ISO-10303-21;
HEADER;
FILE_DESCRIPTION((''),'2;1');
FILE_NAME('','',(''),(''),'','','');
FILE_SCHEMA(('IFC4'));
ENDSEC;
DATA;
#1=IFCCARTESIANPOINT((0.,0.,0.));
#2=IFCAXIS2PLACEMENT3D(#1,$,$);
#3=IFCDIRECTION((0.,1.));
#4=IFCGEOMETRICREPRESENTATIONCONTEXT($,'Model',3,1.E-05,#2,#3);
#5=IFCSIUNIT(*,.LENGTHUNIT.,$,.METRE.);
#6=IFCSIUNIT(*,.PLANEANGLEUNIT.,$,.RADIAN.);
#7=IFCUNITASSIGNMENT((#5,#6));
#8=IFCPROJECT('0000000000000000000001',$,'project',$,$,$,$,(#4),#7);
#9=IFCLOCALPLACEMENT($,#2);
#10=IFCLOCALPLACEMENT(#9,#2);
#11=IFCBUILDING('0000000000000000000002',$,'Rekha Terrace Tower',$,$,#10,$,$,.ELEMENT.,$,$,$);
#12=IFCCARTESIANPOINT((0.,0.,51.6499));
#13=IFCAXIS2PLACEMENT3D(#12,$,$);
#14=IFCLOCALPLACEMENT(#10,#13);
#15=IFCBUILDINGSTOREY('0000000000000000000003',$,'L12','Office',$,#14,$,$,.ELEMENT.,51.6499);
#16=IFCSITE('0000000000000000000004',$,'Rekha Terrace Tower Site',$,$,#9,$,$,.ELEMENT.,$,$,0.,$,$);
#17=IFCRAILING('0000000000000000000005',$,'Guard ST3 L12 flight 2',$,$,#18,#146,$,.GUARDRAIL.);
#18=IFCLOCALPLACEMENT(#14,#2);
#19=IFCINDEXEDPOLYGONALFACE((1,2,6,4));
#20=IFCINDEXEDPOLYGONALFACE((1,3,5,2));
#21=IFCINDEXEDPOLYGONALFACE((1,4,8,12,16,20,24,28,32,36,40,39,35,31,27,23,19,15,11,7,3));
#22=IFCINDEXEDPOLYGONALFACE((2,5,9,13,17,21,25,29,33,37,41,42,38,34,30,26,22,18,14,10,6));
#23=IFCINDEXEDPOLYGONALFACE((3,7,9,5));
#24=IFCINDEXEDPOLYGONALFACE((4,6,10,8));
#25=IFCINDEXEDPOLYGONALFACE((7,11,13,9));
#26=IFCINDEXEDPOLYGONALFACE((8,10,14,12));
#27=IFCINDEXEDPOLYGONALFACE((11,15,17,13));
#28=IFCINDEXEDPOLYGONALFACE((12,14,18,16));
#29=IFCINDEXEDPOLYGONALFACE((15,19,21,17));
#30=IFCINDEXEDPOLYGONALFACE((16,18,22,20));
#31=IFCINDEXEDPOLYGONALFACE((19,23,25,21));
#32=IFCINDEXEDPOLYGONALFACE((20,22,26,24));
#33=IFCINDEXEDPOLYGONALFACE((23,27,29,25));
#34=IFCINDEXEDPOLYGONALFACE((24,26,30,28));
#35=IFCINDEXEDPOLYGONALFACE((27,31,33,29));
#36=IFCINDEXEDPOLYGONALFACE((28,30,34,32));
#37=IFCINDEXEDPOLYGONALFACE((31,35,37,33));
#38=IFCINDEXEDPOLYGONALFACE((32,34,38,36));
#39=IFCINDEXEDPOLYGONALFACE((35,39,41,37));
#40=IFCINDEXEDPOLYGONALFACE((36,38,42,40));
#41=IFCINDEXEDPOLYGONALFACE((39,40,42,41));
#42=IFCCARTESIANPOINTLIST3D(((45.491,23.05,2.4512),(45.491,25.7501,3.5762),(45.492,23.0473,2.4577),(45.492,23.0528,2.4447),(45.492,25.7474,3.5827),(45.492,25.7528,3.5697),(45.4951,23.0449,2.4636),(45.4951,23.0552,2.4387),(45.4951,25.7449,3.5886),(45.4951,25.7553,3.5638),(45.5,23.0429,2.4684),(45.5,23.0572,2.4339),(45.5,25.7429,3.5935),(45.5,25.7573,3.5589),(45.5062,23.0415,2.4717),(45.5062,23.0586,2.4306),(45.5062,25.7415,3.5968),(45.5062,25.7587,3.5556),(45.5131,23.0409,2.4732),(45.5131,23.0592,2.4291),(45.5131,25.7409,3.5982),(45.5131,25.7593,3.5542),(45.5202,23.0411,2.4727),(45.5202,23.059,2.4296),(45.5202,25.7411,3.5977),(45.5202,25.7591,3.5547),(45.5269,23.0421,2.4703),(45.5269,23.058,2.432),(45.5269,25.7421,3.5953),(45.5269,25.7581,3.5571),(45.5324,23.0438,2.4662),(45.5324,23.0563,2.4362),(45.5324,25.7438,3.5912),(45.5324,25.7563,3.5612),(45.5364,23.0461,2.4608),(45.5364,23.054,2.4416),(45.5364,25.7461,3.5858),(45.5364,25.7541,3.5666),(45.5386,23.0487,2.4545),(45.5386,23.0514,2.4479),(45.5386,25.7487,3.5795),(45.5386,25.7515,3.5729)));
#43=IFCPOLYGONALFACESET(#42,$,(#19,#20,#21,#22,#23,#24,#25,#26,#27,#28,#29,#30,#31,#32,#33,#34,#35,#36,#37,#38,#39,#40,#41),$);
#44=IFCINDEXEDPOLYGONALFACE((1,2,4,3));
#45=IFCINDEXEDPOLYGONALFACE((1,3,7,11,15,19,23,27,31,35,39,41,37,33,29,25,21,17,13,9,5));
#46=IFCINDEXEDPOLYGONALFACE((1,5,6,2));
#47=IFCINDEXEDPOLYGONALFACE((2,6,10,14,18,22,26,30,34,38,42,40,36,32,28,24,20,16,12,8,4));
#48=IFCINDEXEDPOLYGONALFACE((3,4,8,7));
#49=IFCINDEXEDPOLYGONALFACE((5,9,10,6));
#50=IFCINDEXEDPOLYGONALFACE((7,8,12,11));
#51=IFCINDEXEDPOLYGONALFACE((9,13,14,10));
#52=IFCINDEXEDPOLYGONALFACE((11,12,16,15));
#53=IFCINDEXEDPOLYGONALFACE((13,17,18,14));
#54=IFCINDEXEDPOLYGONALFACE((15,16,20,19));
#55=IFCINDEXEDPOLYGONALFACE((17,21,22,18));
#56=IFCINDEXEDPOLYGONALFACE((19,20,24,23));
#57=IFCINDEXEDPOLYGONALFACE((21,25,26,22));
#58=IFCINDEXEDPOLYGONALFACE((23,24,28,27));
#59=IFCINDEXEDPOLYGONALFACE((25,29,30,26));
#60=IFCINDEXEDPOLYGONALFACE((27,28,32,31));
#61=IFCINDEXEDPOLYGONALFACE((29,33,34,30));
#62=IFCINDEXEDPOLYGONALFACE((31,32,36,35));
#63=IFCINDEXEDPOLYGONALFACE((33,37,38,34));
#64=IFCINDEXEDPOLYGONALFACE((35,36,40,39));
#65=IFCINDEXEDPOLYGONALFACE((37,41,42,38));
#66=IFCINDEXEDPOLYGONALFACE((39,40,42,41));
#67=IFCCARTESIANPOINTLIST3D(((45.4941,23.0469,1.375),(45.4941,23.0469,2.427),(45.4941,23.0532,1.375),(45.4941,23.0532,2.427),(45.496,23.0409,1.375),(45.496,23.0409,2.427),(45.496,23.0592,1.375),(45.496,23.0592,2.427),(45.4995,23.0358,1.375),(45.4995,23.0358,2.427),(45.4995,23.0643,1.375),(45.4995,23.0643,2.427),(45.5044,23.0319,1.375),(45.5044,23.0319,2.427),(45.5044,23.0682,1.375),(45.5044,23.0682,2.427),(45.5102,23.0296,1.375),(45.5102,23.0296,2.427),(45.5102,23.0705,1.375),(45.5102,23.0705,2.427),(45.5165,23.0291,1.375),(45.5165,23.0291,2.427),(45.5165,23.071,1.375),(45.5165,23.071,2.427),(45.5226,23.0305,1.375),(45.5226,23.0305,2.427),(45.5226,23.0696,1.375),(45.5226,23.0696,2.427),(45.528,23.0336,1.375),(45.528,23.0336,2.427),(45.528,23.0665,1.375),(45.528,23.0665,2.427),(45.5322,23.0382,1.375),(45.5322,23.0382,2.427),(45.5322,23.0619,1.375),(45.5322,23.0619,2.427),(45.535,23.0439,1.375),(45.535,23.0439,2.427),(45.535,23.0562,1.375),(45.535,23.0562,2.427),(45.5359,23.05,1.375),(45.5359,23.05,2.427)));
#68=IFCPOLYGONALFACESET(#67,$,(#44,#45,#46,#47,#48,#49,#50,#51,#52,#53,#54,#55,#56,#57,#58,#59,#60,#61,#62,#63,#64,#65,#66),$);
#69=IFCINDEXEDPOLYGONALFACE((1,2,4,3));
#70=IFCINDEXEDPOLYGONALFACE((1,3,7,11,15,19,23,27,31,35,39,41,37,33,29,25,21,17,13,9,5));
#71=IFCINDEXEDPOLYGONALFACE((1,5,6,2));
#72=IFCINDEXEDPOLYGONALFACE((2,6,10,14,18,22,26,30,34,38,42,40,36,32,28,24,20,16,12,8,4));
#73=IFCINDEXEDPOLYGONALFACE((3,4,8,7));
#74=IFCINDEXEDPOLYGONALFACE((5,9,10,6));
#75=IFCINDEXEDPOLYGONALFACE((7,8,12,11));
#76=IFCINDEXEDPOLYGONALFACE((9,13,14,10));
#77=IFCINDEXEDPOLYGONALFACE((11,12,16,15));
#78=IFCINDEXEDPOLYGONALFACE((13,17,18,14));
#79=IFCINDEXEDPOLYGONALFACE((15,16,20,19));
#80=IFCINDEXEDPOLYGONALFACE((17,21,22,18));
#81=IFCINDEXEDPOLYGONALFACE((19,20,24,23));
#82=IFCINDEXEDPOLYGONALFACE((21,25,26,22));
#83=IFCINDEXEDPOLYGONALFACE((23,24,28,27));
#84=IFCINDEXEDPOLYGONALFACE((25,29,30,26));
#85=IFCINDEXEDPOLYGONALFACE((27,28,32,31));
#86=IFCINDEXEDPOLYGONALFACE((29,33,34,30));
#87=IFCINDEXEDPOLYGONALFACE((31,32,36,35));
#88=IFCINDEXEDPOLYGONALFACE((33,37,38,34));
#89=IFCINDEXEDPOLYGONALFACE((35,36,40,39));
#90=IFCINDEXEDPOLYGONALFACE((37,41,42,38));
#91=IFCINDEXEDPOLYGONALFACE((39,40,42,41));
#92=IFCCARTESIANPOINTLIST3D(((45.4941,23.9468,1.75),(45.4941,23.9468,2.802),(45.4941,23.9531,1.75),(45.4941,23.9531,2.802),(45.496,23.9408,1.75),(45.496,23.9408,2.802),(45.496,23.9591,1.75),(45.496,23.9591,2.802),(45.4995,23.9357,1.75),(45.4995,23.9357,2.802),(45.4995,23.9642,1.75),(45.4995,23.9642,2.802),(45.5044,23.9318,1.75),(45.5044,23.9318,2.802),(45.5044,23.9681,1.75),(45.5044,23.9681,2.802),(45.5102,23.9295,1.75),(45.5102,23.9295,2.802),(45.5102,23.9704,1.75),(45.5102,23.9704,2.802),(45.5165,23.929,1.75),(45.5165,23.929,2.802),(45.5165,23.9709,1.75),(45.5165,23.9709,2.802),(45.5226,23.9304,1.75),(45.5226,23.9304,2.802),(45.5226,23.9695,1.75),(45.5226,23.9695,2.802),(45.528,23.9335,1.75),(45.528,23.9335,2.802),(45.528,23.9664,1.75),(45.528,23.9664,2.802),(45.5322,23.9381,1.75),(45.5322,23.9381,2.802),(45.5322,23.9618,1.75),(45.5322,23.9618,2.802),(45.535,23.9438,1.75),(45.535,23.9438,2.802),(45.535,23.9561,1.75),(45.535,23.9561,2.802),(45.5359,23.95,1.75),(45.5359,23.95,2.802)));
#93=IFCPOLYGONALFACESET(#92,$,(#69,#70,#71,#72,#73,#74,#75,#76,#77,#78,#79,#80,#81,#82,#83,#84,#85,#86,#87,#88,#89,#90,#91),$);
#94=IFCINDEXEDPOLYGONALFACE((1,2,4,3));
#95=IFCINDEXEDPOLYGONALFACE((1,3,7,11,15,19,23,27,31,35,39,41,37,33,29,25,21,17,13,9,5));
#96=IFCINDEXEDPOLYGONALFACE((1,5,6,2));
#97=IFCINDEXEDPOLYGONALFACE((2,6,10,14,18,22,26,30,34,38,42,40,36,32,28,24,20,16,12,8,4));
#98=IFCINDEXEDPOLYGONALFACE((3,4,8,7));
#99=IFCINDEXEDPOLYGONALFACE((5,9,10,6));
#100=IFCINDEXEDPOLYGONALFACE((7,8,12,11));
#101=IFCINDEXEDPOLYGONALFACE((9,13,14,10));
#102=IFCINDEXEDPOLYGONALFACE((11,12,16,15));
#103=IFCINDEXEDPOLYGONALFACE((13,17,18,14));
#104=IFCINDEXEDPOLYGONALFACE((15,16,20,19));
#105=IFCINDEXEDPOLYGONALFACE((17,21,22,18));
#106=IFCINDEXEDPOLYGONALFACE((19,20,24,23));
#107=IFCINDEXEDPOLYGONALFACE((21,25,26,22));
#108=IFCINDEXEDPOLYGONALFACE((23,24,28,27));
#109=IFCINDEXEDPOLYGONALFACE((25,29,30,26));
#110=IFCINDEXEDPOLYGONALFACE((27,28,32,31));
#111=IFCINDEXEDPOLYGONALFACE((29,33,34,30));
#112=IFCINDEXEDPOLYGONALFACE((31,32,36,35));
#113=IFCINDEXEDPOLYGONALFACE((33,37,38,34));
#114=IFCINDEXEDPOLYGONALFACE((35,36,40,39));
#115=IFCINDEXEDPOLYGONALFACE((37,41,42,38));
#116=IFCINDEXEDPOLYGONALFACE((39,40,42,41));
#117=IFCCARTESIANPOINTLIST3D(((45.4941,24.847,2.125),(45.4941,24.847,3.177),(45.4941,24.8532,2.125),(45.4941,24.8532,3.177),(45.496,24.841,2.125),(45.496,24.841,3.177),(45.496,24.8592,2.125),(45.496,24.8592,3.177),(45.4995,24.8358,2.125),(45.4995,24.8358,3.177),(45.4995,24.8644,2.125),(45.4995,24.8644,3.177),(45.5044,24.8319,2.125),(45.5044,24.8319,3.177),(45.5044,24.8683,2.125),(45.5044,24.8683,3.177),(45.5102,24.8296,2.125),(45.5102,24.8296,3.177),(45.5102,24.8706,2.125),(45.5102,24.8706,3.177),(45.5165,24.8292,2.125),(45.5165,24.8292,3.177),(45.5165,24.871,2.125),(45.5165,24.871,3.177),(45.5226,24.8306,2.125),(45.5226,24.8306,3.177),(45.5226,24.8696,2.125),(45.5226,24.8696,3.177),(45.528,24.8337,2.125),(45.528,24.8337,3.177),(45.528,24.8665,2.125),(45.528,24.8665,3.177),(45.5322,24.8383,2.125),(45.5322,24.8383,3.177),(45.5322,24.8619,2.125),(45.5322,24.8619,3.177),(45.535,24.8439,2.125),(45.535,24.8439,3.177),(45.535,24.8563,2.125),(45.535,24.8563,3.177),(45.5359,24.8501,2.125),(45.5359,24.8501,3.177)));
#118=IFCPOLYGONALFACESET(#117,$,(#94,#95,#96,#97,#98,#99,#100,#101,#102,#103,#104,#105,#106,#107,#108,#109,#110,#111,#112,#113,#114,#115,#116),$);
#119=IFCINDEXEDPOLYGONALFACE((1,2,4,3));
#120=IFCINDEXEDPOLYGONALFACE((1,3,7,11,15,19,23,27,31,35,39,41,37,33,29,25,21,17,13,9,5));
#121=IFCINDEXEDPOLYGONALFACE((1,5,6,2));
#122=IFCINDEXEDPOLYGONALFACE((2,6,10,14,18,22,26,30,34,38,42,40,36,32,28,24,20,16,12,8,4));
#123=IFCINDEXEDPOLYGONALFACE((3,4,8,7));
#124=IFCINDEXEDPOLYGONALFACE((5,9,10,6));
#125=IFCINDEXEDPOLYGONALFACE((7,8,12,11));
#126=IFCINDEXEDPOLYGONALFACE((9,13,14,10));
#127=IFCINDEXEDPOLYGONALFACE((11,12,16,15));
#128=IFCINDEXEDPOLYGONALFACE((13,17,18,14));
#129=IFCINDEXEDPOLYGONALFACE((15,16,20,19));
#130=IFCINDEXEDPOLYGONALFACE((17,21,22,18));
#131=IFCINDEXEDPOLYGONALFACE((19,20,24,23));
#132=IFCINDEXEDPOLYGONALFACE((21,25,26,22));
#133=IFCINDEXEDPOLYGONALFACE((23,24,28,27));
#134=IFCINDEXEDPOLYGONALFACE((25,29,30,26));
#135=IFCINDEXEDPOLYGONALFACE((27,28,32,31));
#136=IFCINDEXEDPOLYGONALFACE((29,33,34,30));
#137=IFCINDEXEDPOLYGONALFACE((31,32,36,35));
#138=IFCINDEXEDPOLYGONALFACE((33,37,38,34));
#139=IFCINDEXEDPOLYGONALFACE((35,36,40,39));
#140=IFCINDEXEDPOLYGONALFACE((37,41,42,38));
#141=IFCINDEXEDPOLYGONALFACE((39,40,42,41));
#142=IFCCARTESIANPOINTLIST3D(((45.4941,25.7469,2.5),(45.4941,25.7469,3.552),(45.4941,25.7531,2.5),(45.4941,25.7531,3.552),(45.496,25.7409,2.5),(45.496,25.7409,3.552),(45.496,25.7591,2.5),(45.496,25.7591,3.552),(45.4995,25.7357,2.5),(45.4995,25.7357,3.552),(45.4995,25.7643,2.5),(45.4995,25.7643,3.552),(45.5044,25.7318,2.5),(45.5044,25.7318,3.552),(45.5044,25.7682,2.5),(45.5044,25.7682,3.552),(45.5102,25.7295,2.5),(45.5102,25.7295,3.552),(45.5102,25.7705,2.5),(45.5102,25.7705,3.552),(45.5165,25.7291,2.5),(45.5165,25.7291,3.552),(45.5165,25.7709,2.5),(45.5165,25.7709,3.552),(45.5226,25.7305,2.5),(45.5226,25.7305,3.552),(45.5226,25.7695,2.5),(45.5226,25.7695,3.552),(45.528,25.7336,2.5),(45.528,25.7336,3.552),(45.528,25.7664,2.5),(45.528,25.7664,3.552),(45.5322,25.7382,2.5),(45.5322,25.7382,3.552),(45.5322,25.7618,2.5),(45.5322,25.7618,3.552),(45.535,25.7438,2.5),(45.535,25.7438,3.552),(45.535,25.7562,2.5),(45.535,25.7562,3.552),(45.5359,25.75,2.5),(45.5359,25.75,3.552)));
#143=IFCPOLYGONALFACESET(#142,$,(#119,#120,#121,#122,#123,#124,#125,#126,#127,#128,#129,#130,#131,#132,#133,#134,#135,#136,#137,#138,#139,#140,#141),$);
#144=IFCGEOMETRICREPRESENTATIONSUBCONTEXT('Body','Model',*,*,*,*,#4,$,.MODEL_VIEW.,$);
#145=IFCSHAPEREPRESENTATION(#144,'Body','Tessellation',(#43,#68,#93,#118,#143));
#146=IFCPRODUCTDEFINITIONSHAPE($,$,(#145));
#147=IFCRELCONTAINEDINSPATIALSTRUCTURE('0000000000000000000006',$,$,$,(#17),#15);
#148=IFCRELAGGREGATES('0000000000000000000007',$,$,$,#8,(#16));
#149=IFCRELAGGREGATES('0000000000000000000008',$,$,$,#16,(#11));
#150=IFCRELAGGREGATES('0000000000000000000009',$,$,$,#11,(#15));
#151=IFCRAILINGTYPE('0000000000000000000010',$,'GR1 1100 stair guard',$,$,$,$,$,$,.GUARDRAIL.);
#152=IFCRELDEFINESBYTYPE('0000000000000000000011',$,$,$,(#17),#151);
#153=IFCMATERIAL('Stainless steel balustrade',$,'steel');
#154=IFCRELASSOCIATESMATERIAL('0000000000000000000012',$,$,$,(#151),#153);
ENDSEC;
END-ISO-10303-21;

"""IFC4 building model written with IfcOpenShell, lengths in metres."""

from ifc_helpers import new_model, si_unit, direction, frame, origin, origin_2d, place, context, subcontext, project, spatial, circle, extrude, material, type_object, element, save


model = new_model("IFC4")

# Units and contexts
model_context = context("Model", 3, precision=1e-05, world=origin(), true_north=direction((0.0, 1.0)))
body_context = subcontext(model_context, "Body", "Model", "MODEL_VIEW")
ifc_project = project(units=[si_unit("LENGTHUNIT", "METRE"), si_unit("PLANEANGLEUNIT", "RADIAN")], contexts=[model_context])

# Site, building, storey
site_placement = place(None, origin())
site = spatial("IfcSite", under=ifc_project, at=site_placement, Name="Rekha Terrace Tower Site", CompositionType="ELEMENT", RefElevation=0.0)
building_placement = place(site_placement, origin())
building = spatial("IfcBuilding", under=site, at=building_placement, Name="Rekha Terrace Tower", CompositionType="ELEMENT")
storey_placement = place(building_placement, frame((0.0, 0.0, 51.6499)))
storey = spatial("IfcBuildingStorey", under=building, at=storey_placement, Name="L12", Description="Office", CompositionType="ELEMENT", Elevation=51.6499)

# Railing
ifc_material_1 = material(Name="Stainless steel balustrade", Category="steel")
railing_type_1 = type_object("IfcRailingType", Name="GR1 1100 stair guard", PredefinedType="GUARDRAIL", material=ifc_material_1)
railing_1_placement = place(storey_placement, frame((45.5149, 23.05, 1.375)))
element("IfcRailing", 1, at=railing_1_placement, inside=storey, type_object=railing_type_1, Name="Guard ST3 L12 flight 2", PredefinedType="GUARDRAIL", context=body_context, shape_type="SweptSolid", body=[
    extrude(circle(Radius=0.0239, at=origin_2d()), frame((0.0, 0.0, 1.0762), z_axis=(0.0, 0.923074, 0.384621), x_axis=(-1.0, 0.0, 0.0)), (0.0, 0.0, 1.0), 2.925),
    extrude(circle(Radius=0.021, at=origin_2d()), origin(), (0.0, 0.0, 1.0), 1.052),
    extrude(circle(Radius=0.021, at=origin_2d()), frame((0.0, 0.8999, 0.375)), (0.0, 0.0, 1.0), 1.052),
    extrude(circle(Radius=0.021, at=origin_2d()), frame((0.0, 1.8, 0.75)), (0.0, 0.0, 1.0), 1.052),
    extrude(circle(Radius=0.021, at=origin_2d()), frame((0.0, 2.7, 1.125)), (0.0, 0.0, 1.0), 1.052),
])

save(model, "model.ifc")
